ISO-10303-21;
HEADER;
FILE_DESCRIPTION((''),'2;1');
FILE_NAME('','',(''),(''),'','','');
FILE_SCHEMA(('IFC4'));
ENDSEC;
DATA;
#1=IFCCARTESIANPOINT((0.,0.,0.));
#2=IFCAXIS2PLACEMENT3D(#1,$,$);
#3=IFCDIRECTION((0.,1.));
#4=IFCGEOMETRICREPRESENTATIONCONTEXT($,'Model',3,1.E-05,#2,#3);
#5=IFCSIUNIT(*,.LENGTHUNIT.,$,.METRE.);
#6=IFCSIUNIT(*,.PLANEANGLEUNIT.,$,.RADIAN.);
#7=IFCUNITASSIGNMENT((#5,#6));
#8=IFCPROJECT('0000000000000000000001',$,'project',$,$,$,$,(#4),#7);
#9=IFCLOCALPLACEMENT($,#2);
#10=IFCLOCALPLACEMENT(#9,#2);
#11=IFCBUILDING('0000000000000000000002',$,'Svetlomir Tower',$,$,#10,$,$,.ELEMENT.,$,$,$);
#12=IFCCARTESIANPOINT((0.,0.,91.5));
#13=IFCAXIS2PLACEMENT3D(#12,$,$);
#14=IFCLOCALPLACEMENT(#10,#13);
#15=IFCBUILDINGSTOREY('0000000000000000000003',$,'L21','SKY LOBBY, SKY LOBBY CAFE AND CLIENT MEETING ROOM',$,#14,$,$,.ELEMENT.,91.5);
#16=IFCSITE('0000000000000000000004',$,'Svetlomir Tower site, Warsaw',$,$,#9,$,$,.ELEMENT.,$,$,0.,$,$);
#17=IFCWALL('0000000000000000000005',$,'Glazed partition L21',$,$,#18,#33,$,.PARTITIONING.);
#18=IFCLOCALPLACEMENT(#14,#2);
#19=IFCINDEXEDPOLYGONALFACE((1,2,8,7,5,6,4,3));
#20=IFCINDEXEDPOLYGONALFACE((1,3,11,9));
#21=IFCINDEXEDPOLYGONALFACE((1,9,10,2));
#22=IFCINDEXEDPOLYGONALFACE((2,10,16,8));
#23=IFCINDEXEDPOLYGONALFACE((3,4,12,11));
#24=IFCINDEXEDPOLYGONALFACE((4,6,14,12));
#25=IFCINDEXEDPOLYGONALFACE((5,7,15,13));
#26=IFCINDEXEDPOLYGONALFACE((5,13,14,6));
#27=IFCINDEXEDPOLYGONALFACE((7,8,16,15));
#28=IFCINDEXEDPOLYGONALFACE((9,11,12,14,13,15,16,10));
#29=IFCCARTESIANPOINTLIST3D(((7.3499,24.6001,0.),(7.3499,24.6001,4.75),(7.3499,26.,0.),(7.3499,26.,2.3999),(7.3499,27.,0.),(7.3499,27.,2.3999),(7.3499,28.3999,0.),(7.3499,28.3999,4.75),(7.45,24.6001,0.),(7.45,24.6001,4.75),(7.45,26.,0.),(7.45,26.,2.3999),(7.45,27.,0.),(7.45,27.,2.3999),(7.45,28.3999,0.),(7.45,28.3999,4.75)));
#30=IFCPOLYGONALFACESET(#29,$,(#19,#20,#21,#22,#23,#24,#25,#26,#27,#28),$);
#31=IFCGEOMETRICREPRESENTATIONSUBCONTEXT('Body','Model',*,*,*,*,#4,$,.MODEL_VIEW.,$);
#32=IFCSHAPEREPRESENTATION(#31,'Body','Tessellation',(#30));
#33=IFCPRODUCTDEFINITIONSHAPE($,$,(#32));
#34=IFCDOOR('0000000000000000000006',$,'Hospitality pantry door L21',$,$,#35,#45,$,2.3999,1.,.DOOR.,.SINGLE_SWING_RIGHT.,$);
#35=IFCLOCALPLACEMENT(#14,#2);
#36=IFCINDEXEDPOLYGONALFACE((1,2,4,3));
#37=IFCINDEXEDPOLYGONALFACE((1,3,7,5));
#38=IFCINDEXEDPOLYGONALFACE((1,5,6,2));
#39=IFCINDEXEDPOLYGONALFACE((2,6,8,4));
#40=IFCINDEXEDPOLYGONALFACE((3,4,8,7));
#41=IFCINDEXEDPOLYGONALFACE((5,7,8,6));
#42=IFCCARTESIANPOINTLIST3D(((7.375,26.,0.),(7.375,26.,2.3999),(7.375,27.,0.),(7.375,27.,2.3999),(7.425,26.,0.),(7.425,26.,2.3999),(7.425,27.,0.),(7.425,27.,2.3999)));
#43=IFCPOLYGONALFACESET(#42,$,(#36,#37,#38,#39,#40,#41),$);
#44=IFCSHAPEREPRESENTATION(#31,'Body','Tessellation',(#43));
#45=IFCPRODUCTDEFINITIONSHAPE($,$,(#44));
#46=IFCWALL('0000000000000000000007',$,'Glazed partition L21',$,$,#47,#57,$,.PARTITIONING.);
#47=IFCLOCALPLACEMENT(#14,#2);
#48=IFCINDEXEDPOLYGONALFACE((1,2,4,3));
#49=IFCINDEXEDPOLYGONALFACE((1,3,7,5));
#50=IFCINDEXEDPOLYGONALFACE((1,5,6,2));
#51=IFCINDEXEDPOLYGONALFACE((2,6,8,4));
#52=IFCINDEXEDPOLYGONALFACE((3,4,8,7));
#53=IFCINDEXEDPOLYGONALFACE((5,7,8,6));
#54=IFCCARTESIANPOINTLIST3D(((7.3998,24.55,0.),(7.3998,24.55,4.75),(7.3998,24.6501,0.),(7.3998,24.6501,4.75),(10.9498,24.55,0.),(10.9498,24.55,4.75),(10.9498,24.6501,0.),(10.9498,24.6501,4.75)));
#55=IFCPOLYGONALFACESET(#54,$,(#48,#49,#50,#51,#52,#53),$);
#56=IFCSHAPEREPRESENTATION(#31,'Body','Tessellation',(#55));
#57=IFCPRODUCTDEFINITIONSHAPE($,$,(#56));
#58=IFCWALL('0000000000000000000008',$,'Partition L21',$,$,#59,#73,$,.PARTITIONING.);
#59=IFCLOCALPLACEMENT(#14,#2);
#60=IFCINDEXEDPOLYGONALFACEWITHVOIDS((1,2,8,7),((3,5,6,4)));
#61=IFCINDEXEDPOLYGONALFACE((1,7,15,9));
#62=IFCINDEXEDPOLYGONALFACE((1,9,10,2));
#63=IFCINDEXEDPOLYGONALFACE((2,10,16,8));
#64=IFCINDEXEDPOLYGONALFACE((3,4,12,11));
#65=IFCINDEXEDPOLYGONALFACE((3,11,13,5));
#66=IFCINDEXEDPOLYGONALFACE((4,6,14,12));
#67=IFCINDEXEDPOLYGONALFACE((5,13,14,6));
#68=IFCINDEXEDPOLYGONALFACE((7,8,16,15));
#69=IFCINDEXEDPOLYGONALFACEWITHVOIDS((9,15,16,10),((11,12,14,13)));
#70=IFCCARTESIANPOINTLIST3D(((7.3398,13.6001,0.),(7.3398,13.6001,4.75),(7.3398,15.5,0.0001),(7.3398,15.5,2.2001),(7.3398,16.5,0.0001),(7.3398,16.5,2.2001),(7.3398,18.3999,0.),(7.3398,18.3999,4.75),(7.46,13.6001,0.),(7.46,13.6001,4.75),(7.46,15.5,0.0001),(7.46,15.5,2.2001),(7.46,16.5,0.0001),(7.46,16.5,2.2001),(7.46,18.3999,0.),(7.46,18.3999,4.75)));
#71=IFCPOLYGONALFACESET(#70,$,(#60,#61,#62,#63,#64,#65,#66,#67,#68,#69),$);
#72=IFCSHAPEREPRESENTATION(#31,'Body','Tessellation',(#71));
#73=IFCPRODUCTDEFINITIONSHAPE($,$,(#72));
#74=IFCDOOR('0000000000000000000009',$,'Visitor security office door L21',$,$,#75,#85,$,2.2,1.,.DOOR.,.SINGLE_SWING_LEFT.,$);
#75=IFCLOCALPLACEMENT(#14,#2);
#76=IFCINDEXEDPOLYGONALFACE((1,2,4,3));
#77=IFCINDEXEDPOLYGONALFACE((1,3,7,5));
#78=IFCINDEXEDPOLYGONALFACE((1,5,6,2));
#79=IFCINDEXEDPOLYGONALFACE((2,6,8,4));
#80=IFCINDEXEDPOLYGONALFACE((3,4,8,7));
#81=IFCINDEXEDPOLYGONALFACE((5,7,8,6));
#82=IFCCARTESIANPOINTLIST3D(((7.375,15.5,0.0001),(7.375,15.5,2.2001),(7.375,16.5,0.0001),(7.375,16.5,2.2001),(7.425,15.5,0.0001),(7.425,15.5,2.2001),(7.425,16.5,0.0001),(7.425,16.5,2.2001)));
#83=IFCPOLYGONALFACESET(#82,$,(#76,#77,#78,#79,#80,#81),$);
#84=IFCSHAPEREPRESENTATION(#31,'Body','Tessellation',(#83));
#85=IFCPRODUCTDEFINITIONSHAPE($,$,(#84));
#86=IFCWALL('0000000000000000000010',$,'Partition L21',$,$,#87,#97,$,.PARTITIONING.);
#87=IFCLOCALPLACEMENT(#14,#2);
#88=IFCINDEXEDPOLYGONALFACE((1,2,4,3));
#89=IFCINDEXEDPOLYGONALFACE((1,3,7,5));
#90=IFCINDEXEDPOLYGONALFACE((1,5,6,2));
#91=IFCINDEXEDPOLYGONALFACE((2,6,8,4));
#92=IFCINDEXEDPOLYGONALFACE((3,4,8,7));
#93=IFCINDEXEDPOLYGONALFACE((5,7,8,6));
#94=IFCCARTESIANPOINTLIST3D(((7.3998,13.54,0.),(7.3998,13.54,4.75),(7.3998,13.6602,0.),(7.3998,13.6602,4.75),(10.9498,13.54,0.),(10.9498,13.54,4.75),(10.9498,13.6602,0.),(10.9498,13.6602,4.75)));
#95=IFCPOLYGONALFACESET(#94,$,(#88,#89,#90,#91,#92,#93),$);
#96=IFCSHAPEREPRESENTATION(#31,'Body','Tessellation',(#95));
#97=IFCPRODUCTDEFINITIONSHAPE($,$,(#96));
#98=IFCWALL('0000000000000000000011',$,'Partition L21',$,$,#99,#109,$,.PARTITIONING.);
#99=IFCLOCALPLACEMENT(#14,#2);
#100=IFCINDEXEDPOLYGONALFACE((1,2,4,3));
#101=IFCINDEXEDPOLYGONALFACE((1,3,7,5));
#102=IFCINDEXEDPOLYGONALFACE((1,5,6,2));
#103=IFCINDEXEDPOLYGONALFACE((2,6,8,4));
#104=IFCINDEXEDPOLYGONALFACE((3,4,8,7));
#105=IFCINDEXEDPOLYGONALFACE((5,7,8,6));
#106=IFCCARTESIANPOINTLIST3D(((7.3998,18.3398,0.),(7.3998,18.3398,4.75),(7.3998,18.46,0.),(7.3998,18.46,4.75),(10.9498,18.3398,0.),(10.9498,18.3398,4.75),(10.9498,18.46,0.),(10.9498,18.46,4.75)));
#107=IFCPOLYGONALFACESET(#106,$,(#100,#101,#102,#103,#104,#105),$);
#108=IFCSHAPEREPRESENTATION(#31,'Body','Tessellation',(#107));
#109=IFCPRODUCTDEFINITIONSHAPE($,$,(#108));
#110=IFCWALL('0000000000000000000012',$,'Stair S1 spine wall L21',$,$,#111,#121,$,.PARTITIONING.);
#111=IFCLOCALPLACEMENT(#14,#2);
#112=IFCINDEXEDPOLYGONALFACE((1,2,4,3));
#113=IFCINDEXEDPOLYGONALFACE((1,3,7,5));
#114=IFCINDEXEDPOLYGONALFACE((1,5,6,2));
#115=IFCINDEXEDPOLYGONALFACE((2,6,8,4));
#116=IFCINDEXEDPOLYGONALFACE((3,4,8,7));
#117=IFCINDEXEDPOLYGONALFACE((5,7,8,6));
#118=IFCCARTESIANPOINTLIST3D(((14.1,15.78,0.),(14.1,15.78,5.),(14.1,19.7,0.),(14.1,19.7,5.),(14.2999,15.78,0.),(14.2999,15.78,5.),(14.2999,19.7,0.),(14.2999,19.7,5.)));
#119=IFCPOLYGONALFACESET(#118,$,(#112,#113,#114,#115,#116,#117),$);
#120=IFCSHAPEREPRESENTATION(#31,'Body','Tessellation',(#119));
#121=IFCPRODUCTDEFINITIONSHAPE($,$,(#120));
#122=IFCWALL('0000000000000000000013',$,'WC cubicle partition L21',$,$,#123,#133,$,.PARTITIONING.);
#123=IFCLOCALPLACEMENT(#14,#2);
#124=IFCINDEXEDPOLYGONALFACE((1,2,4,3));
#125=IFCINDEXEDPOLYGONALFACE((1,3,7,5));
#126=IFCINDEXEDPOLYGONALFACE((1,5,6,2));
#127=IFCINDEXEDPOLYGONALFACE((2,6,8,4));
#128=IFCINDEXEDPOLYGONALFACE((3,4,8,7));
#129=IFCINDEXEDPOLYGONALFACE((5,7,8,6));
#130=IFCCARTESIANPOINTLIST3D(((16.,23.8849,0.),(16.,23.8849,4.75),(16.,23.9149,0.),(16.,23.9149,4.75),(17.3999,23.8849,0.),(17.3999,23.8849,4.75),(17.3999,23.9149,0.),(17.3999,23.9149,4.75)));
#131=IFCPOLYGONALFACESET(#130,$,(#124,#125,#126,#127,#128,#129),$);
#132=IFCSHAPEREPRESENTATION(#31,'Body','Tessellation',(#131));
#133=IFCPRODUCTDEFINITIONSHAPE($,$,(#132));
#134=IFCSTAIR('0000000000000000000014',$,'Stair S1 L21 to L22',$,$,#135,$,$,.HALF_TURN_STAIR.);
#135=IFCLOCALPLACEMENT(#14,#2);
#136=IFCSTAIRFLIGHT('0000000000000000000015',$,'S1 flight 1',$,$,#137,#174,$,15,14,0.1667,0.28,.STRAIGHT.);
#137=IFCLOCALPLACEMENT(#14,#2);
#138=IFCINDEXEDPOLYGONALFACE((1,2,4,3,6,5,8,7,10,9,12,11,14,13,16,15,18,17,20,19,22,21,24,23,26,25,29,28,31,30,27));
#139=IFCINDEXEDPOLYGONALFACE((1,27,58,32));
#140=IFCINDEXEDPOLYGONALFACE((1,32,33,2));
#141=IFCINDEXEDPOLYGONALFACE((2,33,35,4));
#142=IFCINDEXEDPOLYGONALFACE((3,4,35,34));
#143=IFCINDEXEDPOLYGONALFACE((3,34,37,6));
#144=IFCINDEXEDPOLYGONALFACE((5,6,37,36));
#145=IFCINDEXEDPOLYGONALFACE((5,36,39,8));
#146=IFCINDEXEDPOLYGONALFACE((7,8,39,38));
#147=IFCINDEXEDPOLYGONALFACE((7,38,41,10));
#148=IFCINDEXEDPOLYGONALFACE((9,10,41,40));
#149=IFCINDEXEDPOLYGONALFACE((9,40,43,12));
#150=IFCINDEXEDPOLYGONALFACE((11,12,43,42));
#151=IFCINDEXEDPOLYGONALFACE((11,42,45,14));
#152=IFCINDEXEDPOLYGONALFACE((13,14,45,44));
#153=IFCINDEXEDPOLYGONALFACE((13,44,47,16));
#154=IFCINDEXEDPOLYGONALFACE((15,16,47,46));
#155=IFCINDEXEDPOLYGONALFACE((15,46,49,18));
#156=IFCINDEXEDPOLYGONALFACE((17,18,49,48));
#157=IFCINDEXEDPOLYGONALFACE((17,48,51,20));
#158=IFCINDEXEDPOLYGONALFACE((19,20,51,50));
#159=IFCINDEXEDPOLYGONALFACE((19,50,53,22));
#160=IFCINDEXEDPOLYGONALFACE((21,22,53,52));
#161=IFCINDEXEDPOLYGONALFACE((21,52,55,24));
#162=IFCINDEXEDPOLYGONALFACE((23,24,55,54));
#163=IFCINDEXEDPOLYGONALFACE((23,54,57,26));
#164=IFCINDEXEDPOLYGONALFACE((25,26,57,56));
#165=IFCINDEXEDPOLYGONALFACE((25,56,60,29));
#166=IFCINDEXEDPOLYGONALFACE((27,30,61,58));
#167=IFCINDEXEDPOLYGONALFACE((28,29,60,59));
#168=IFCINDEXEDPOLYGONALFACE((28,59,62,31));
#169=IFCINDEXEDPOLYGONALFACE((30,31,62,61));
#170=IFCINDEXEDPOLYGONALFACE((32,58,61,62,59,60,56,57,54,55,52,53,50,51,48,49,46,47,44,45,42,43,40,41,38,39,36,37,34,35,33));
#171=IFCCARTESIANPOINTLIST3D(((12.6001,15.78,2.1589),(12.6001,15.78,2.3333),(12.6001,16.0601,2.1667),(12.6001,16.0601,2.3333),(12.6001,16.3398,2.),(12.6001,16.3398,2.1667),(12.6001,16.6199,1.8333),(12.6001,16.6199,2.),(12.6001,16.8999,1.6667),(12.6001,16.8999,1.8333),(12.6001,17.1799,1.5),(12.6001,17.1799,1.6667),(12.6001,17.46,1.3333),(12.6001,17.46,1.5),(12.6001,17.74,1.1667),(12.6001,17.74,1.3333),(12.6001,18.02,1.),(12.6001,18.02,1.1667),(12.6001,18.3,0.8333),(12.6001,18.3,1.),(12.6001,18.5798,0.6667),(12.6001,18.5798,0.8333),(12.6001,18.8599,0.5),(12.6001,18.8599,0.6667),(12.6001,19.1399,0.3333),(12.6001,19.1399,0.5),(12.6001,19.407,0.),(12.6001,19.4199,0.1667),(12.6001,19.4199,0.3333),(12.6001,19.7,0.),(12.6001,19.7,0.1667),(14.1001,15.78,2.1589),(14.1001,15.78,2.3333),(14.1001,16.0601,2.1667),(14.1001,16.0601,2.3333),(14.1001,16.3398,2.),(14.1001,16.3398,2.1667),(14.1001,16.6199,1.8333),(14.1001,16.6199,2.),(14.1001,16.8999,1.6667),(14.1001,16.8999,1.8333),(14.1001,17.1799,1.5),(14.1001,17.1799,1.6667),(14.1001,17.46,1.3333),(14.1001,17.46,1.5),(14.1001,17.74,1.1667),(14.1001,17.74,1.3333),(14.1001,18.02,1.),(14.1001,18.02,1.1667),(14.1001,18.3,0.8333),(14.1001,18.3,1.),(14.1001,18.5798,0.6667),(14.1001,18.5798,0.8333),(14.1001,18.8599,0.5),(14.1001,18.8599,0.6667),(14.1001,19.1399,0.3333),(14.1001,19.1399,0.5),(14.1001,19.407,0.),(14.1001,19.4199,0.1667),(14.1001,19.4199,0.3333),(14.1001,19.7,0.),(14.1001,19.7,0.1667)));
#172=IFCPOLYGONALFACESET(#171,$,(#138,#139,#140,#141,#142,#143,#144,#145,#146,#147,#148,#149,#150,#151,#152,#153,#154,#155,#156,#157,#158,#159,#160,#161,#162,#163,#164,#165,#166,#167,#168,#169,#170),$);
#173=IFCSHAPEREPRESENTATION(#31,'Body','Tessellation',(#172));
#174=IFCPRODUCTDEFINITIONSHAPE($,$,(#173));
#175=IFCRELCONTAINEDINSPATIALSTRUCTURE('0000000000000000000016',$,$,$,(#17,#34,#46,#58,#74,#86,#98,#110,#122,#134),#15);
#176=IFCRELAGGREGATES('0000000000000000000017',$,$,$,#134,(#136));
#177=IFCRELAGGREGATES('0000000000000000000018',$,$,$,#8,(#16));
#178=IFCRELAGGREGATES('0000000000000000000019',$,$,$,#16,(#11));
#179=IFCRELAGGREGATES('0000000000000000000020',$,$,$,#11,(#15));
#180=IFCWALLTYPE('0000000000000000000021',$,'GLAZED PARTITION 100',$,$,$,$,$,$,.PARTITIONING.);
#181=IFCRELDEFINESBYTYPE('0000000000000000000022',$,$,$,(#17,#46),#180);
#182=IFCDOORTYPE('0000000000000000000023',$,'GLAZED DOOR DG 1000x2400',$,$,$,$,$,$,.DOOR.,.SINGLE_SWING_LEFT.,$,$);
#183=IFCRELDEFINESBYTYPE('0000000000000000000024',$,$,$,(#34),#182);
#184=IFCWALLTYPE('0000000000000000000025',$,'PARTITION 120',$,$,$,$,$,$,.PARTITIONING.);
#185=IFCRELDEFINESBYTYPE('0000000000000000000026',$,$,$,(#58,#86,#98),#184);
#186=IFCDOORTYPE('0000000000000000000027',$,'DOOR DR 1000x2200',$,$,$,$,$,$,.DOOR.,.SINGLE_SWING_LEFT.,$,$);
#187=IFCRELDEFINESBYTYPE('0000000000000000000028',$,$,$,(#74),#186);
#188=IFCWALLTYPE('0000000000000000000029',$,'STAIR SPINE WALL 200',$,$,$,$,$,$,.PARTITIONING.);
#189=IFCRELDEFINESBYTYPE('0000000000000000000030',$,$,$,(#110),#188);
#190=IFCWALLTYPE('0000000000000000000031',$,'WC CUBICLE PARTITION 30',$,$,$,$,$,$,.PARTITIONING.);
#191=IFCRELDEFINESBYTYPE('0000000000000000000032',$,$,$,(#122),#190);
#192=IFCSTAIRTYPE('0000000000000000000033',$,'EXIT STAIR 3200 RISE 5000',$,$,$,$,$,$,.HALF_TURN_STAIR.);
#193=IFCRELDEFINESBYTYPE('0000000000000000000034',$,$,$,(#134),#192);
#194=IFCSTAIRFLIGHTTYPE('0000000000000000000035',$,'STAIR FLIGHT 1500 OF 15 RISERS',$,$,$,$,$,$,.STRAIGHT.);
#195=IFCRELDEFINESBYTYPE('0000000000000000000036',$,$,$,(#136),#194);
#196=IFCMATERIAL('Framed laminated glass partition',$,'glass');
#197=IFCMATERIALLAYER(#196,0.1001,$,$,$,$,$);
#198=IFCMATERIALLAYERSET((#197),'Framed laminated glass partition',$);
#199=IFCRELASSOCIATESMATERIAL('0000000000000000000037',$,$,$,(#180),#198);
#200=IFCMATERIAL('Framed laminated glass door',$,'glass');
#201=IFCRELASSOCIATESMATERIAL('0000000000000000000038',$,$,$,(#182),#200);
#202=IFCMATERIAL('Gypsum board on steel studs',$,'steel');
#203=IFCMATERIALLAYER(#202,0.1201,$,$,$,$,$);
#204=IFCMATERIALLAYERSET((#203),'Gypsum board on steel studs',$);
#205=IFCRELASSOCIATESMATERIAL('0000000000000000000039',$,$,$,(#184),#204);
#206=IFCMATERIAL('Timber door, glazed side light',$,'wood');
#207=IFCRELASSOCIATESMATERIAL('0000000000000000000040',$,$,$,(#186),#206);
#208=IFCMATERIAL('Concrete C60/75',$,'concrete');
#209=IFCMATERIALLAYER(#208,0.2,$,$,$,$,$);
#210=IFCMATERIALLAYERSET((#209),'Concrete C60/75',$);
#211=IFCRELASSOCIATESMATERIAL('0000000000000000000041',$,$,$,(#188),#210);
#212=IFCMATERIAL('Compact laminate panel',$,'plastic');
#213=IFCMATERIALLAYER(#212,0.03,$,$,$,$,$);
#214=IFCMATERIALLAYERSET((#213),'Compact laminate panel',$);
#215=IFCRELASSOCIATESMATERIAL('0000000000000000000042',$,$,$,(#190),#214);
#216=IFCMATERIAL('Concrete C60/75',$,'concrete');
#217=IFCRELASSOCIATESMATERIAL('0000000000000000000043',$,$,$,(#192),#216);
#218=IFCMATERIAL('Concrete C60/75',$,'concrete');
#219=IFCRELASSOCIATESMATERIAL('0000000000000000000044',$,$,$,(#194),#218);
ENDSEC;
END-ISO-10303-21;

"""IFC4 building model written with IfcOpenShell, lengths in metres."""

from ifc_helpers import new_model, si_unit, direction, frame, frame_2d, origin, place, context, subcontext, project, spatial, polyline, rectangle, outline, extrude, material, layer, layer_set, type_object, element, fill, aggregate, save


model = new_model("IFC4")

# Units and contexts
model_context = context("Model", 3, precision=1e-05, world=origin(), true_north=direction((0.0, 1.0)))
body_context = subcontext(model_context, "Body", "Model", "MODEL_VIEW")
ifc_project = project(units=[si_unit("LENGTHUNIT", "METRE"), si_unit("PLANEANGLEUNIT", "RADIAN")], contexts=[model_context])

# Site, building, storey
site_placement = place(None, origin())
site = spatial("IfcSite", under=ifc_project, at=site_placement, Name="Svetlomir Tower site, Warsaw", CompositionType="ELEMENT", RefElevation=0.0)
building_placement = place(site_placement, origin())
building = spatial("IfcBuilding", under=site, at=building_placement, Name="Svetlomir Tower", CompositionType="ELEMENT")
storey_placement = place(building_placement, frame((0.0, 0.0, 91.5)))
storey = spatial("IfcBuildingStorey", under=building, at=storey_placement, Name="L21", Description="SKY LOBBY, SKY LOBBY CAFE AND CLIENT MEETING ROOM", CompositionType="ELEMENT", Elevation=91.5)

# Wall, opening, door
ifc_material_1 = material(Name="Framed laminated glass partition", Category="glass")
ifc_layer_1 = layer(ifc_material_1, 0.1001)
ifc_layer_set_1 = layer_set([ifc_layer_1], Name="Framed laminated glass partition")
wall_type_1 = type_object("IfcWallType", Name="GLAZED PARTITION 100", PredefinedType="PARTITIONING", material=ifc_layer_set_1)
wall_1_placement = place(storey_placement, frame((7.3999, 24.6001, 0.0), z_axis=(0.0, 0.0, 1.0), x_axis=(0.0, 1.0, 0.0)))
wall_1 = element("IfcWall", 1, at=wall_1_placement, inside=storey, type_object=wall_type_1, Name="Glazed partition L21", PredefinedType="PARTITIONING", context=body_context, shape_type="SweptSolid", body=[
    extrude(rectangle(XDim=3.7998, YDim=0.1001, at=frame_2d((1.8999, 0.0))), origin(), (0.0, 0.0, 1.0), 4.75),
])
opening_1_placement = place(wall_1_placement, frame((1.3999, 0.0, 0.0)))
opening_1 = element("IfcOpeningElement", 2, at=opening_1_placement, cuts=wall_1, PredefinedType="OPENING", context=body_context, shape_type="SweptSolid", body=[
    extrude(rectangle(XDim=1.0, YDim=2.3999, at=frame_2d((0.5, 1.2))), frame((0.0, 0.0601, 0.0), z_axis=(0.0, -1.0, 0.0), x_axis=(1.0, 0.0, 0.0)), (0.0, 0.0, 1.0), 0.1201),
])
ifc_material_2 = material(Name="Framed laminated glass door", Category="glass")
door_type_1 = type_object("IfcDoorType", Name="GLAZED DOOR DG 1000x2400", OperationType="SINGLE_SWING_LEFT", PredefinedType="DOOR", material=ifc_material_2)
door_1_placement = place(opening_1_placement, origin())
door_1 = element("IfcDoor", 3, at=door_1_placement, inside=storey, type_object=door_type_1, Name="Hospitality pantry door L21", OperationType="SINGLE_SWING_RIGHT", OverallHeight=2.3999, OverallWidth=1.0, PredefinedType="DOOR", context=body_context, shape_type="SweptSolid", body=[
    extrude(rectangle(XDim=1.0, YDim=2.3999, at=frame_2d((0.5, 1.2))), frame((0.0, 0.0249, 0.0), z_axis=(0.0, -1.0, 0.0), x_axis=(1.0, 0.0, 0.0)), (0.0, 0.0, 1.0), 0.05),
])
fill(opening_1, door_1)

# Wall
wall_2_placement = place(storey_placement, frame((7.3999, 24.6001, 0.0), z_axis=(0.0, 0.0, 1.0), x_axis=(1.0, 0.0, 0.0)))
element("IfcWall", 4, at=wall_2_placement, inside=storey, type_object=wall_type_1, Name="Glazed partition L21", PredefinedType="PARTITIONING", context=body_context, shape_type="SweptSolid", body=[
    extrude(rectangle(XDim=3.55, YDim=0.1001, at=frame_2d((1.7749, 0.0))), origin(), (0.0, 0.0, 1.0), 4.75),
])

# Wall, opening, door
ifc_material_3 = material(Name="Gypsum board on steel studs", Category="steel")
ifc_layer_2 = layer(ifc_material_3, 0.1201)
ifc_layer_set_2 = layer_set([ifc_layer_2], Name="Gypsum board on steel studs")
wall_type_2 = type_object("IfcWallType", Name="PARTITION 120", PredefinedType="PARTITIONING", material=ifc_layer_set_2)
wall_3_placement = place(storey_placement, frame((7.3999, 13.6001, 0.0), z_axis=(0.0, 0.0, 1.0), x_axis=(0.0, 1.0, 0.0)))
wall_3 = element("IfcWall", 5, at=wall_3_placement, inside=storey, type_object=wall_type_2, Name="Partition L21", PredefinedType="PARTITIONING", context=body_context, shape_type="SweptSolid", body=[
    extrude(rectangle(XDim=4.7998, YDim=0.1201, at=frame_2d((2.3999, 0.0))), origin(), (0.0, 0.0, 1.0), 4.75),
])
opening_2_placement = place(wall_3_placement, frame((1.8999, 0.0, 0.0)))
opening_2 = element("IfcOpeningElement", 6, at=opening_2_placement, cuts=wall_3, PredefinedType="OPENING", context=body_context, shape_type="SweptSolid", body=[
    extrude(rectangle(XDim=1.0, YDim=2.2, at=frame_2d((0.5, 1.1001))), frame((0.0, 0.0701, 0.0), z_axis=(0.0, -1.0, 0.0), x_axis=(1.0, 0.0, 0.0)), (0.0, 0.0, 1.0), 0.1401),
])
ifc_material_4 = material(Name="Timber door, glazed side light", Category="wood")
door_type_2 = type_object("IfcDoorType", Name="DOOR DR 1000x2200", OperationType="SINGLE_SWING_LEFT", PredefinedType="DOOR", material=ifc_material_4)
door_2_placement = place(opening_2_placement, origin())
door_2 = element("IfcDoor", 7, at=door_2_placement, inside=storey, type_object=door_type_2, Name="Visitor security office door L21", OperationType="SINGLE_SWING_LEFT", OverallHeight=2.2, OverallWidth=1.0, PredefinedType="DOOR", context=body_context, shape_type="SweptSolid", body=[
    extrude(rectangle(XDim=1.0, YDim=2.2, at=frame_2d((0.5, 1.1001))), frame((0.0, 0.0249, 0.0), z_axis=(0.0, -1.0, 0.0), x_axis=(1.0, 0.0, 0.0)), (0.0, 0.0, 1.0), 0.05),
])
fill(opening_2, door_2)

# Walls
for number, where, z_axis, x_axis, name in (
    (8, (7.3999, 13.6001, 0.0), (0.0, 0.0, 1.0), (1.0, 0.0, 0.0), "Partition L21"),
    (9, (7.3999, 18.3999, 0.0), (0.0, 0.0, 1.0), (1.0, 0.0, 0.0), "Partition L21"),
):
    element("IfcWall", number, at=place(storey_placement, frame(where, z_axis=z_axis, x_axis=x_axis)), inside=storey, type_object=wall_type_2, Name=name, PredefinedType="PARTITIONING", context=body_context, shape_type="SweptSolid", body=[
        extrude(rectangle(XDim=3.55, YDim=0.1201, at=frame_2d((1.7749, 0.0))), origin(), (0.0, 0.0, 1.0), 4.75),
    ])
ifc_material_5 = material(Name="Concrete C60/75", Category="concrete")
ifc_layer_3 = layer(ifc_material_5, 0.2)
ifc_layer_set_3 = layer_set([ifc_layer_3], Name="Concrete C60/75")
wall_type_3 = type_object("IfcWallType", Name="STAIR SPINE WALL 200", PredefinedType="PARTITIONING", material=ifc_layer_set_3)
wall_4_placement = place(storey_placement, frame((14.2, 15.78, 0.0), z_axis=(0.0, 0.0, 1.0), x_axis=(0.0, 1.0, 0.0)))
element("IfcWall", 10, at=wall_4_placement, inside=storey, type_object=wall_type_3, Name="Stair S1 spine wall L21", PredefinedType="PARTITIONING", context=body_context, shape_type="SweptSolid", body=[
    extrude(rectangle(XDim=3.9199, YDim=0.2, at=frame_2d((1.96, 0.0))), origin(), (0.0, 0.0, 1.0), 5.0),
])
ifc_material_6 = material(Name="Compact laminate panel", Category="plastic")
ifc_layer_4 = layer(ifc_material_6, 0.03)
ifc_layer_set_4 = layer_set([ifc_layer_4], Name="Compact laminate panel")
wall_type_4 = type_object("IfcWallType", Name="WC CUBICLE PARTITION 30", PredefinedType="PARTITIONING", material=ifc_layer_set_4)
wall_5_placement = place(storey_placement, frame((16.0, 23.8999, 0.0), z_axis=(0.0, 0.0, 1.0), x_axis=(1.0, 0.0, 0.0)))
element("IfcWall", 11, at=wall_5_placement, inside=storey, type_object=wall_type_4, Name="WC cubicle partition L21", PredefinedType="PARTITIONING", context=body_context, shape_type="SweptSolid", body=[
    extrude(rectangle(XDim=1.3999, YDim=0.03, at=frame_2d((0.7, 0.0))), origin(), (0.0, 0.0, 1.0), 4.75),
])

# Stair, stair flight
ifc_material_7 = material(Name="Concrete C60/75", Category="concrete")
stair_type = type_object("IfcStairType", Name="EXIT STAIR 3200 RISE 5000", PredefinedType="HALF_TURN_STAIR", material=ifc_material_7)
stair_placement = place(storey_placement, origin())
stair = element("IfcStair", 12, at=stair_placement, inside=storey, type_object=stair_type, Name="Stair S1 L21 to L22", PredefinedType="HALF_TURN_STAIR")
ifc_material_8 = material(Name="Concrete C60/75", Category="concrete")
stair_flight_type = type_object("IfcStairFlightType", Name="STAIR FLIGHT 1500 OF 15 RISERS", PredefinedType="STRAIGHT", material=ifc_material_8)
stair_flight_1_placement = place(storey_placement, frame((13.3501, 19.7, 0.0), z_axis=(0.0, 0.0, 1.0), x_axis=(0.0, -1.0, 0.0)))
stair_flight_1 = element("IfcStairFlight", 13, at=stair_flight_1_placement, type_object=stair_flight_type, Name="S1 flight 1", NumberOfRisers=15, NumberOfTreads=14, PredefinedType="STRAIGHT", RiserHeight=0.1667, TreadLength=0.28, context=body_context, shape_type="SweptSolid", body=[
    extrude(outline(polyline([(0.0, 0.0), (0.0, 0.1667), (0.28, 0.1667), (0.28, 0.3333), (0.5601, 0.3333), (0.5601, 0.5), (0.8401, 0.5), (0.8401, 0.6667), (1.1201, 0.6667), (1.1201, 0.8333), (1.3999, 0.8333), (1.3999, 1.0), (1.6799, 1.0), (1.6799, 1.1667), (1.96, 1.1667), (1.96, 1.3333), (2.24, 1.3333), (2.24, 1.5), (2.52, 1.5), (2.52, 1.6667), (2.8, 1.6667), (2.8, 1.8333), (3.0801, 1.8333), (3.0801, 2.0), (3.3601, 2.0), (3.3601, 2.1667), (3.6399, 2.1667), (3.6399, 2.3333), (3.9199, 2.3333), (3.9199, 2.5), (3.9199, 2.1589), (0.293, 0.0), (0.0, 0.0)])), frame((0.0, 0.75, 0.0), z_axis=(0.0, -1.0, 0.0), x_axis=(1.0, 0.0, 0.0)), (0.0, 0.0, 1.0), 1.5),
])
aggregate(stair, [stair_flight_1])

save(model, "model.ifc")
